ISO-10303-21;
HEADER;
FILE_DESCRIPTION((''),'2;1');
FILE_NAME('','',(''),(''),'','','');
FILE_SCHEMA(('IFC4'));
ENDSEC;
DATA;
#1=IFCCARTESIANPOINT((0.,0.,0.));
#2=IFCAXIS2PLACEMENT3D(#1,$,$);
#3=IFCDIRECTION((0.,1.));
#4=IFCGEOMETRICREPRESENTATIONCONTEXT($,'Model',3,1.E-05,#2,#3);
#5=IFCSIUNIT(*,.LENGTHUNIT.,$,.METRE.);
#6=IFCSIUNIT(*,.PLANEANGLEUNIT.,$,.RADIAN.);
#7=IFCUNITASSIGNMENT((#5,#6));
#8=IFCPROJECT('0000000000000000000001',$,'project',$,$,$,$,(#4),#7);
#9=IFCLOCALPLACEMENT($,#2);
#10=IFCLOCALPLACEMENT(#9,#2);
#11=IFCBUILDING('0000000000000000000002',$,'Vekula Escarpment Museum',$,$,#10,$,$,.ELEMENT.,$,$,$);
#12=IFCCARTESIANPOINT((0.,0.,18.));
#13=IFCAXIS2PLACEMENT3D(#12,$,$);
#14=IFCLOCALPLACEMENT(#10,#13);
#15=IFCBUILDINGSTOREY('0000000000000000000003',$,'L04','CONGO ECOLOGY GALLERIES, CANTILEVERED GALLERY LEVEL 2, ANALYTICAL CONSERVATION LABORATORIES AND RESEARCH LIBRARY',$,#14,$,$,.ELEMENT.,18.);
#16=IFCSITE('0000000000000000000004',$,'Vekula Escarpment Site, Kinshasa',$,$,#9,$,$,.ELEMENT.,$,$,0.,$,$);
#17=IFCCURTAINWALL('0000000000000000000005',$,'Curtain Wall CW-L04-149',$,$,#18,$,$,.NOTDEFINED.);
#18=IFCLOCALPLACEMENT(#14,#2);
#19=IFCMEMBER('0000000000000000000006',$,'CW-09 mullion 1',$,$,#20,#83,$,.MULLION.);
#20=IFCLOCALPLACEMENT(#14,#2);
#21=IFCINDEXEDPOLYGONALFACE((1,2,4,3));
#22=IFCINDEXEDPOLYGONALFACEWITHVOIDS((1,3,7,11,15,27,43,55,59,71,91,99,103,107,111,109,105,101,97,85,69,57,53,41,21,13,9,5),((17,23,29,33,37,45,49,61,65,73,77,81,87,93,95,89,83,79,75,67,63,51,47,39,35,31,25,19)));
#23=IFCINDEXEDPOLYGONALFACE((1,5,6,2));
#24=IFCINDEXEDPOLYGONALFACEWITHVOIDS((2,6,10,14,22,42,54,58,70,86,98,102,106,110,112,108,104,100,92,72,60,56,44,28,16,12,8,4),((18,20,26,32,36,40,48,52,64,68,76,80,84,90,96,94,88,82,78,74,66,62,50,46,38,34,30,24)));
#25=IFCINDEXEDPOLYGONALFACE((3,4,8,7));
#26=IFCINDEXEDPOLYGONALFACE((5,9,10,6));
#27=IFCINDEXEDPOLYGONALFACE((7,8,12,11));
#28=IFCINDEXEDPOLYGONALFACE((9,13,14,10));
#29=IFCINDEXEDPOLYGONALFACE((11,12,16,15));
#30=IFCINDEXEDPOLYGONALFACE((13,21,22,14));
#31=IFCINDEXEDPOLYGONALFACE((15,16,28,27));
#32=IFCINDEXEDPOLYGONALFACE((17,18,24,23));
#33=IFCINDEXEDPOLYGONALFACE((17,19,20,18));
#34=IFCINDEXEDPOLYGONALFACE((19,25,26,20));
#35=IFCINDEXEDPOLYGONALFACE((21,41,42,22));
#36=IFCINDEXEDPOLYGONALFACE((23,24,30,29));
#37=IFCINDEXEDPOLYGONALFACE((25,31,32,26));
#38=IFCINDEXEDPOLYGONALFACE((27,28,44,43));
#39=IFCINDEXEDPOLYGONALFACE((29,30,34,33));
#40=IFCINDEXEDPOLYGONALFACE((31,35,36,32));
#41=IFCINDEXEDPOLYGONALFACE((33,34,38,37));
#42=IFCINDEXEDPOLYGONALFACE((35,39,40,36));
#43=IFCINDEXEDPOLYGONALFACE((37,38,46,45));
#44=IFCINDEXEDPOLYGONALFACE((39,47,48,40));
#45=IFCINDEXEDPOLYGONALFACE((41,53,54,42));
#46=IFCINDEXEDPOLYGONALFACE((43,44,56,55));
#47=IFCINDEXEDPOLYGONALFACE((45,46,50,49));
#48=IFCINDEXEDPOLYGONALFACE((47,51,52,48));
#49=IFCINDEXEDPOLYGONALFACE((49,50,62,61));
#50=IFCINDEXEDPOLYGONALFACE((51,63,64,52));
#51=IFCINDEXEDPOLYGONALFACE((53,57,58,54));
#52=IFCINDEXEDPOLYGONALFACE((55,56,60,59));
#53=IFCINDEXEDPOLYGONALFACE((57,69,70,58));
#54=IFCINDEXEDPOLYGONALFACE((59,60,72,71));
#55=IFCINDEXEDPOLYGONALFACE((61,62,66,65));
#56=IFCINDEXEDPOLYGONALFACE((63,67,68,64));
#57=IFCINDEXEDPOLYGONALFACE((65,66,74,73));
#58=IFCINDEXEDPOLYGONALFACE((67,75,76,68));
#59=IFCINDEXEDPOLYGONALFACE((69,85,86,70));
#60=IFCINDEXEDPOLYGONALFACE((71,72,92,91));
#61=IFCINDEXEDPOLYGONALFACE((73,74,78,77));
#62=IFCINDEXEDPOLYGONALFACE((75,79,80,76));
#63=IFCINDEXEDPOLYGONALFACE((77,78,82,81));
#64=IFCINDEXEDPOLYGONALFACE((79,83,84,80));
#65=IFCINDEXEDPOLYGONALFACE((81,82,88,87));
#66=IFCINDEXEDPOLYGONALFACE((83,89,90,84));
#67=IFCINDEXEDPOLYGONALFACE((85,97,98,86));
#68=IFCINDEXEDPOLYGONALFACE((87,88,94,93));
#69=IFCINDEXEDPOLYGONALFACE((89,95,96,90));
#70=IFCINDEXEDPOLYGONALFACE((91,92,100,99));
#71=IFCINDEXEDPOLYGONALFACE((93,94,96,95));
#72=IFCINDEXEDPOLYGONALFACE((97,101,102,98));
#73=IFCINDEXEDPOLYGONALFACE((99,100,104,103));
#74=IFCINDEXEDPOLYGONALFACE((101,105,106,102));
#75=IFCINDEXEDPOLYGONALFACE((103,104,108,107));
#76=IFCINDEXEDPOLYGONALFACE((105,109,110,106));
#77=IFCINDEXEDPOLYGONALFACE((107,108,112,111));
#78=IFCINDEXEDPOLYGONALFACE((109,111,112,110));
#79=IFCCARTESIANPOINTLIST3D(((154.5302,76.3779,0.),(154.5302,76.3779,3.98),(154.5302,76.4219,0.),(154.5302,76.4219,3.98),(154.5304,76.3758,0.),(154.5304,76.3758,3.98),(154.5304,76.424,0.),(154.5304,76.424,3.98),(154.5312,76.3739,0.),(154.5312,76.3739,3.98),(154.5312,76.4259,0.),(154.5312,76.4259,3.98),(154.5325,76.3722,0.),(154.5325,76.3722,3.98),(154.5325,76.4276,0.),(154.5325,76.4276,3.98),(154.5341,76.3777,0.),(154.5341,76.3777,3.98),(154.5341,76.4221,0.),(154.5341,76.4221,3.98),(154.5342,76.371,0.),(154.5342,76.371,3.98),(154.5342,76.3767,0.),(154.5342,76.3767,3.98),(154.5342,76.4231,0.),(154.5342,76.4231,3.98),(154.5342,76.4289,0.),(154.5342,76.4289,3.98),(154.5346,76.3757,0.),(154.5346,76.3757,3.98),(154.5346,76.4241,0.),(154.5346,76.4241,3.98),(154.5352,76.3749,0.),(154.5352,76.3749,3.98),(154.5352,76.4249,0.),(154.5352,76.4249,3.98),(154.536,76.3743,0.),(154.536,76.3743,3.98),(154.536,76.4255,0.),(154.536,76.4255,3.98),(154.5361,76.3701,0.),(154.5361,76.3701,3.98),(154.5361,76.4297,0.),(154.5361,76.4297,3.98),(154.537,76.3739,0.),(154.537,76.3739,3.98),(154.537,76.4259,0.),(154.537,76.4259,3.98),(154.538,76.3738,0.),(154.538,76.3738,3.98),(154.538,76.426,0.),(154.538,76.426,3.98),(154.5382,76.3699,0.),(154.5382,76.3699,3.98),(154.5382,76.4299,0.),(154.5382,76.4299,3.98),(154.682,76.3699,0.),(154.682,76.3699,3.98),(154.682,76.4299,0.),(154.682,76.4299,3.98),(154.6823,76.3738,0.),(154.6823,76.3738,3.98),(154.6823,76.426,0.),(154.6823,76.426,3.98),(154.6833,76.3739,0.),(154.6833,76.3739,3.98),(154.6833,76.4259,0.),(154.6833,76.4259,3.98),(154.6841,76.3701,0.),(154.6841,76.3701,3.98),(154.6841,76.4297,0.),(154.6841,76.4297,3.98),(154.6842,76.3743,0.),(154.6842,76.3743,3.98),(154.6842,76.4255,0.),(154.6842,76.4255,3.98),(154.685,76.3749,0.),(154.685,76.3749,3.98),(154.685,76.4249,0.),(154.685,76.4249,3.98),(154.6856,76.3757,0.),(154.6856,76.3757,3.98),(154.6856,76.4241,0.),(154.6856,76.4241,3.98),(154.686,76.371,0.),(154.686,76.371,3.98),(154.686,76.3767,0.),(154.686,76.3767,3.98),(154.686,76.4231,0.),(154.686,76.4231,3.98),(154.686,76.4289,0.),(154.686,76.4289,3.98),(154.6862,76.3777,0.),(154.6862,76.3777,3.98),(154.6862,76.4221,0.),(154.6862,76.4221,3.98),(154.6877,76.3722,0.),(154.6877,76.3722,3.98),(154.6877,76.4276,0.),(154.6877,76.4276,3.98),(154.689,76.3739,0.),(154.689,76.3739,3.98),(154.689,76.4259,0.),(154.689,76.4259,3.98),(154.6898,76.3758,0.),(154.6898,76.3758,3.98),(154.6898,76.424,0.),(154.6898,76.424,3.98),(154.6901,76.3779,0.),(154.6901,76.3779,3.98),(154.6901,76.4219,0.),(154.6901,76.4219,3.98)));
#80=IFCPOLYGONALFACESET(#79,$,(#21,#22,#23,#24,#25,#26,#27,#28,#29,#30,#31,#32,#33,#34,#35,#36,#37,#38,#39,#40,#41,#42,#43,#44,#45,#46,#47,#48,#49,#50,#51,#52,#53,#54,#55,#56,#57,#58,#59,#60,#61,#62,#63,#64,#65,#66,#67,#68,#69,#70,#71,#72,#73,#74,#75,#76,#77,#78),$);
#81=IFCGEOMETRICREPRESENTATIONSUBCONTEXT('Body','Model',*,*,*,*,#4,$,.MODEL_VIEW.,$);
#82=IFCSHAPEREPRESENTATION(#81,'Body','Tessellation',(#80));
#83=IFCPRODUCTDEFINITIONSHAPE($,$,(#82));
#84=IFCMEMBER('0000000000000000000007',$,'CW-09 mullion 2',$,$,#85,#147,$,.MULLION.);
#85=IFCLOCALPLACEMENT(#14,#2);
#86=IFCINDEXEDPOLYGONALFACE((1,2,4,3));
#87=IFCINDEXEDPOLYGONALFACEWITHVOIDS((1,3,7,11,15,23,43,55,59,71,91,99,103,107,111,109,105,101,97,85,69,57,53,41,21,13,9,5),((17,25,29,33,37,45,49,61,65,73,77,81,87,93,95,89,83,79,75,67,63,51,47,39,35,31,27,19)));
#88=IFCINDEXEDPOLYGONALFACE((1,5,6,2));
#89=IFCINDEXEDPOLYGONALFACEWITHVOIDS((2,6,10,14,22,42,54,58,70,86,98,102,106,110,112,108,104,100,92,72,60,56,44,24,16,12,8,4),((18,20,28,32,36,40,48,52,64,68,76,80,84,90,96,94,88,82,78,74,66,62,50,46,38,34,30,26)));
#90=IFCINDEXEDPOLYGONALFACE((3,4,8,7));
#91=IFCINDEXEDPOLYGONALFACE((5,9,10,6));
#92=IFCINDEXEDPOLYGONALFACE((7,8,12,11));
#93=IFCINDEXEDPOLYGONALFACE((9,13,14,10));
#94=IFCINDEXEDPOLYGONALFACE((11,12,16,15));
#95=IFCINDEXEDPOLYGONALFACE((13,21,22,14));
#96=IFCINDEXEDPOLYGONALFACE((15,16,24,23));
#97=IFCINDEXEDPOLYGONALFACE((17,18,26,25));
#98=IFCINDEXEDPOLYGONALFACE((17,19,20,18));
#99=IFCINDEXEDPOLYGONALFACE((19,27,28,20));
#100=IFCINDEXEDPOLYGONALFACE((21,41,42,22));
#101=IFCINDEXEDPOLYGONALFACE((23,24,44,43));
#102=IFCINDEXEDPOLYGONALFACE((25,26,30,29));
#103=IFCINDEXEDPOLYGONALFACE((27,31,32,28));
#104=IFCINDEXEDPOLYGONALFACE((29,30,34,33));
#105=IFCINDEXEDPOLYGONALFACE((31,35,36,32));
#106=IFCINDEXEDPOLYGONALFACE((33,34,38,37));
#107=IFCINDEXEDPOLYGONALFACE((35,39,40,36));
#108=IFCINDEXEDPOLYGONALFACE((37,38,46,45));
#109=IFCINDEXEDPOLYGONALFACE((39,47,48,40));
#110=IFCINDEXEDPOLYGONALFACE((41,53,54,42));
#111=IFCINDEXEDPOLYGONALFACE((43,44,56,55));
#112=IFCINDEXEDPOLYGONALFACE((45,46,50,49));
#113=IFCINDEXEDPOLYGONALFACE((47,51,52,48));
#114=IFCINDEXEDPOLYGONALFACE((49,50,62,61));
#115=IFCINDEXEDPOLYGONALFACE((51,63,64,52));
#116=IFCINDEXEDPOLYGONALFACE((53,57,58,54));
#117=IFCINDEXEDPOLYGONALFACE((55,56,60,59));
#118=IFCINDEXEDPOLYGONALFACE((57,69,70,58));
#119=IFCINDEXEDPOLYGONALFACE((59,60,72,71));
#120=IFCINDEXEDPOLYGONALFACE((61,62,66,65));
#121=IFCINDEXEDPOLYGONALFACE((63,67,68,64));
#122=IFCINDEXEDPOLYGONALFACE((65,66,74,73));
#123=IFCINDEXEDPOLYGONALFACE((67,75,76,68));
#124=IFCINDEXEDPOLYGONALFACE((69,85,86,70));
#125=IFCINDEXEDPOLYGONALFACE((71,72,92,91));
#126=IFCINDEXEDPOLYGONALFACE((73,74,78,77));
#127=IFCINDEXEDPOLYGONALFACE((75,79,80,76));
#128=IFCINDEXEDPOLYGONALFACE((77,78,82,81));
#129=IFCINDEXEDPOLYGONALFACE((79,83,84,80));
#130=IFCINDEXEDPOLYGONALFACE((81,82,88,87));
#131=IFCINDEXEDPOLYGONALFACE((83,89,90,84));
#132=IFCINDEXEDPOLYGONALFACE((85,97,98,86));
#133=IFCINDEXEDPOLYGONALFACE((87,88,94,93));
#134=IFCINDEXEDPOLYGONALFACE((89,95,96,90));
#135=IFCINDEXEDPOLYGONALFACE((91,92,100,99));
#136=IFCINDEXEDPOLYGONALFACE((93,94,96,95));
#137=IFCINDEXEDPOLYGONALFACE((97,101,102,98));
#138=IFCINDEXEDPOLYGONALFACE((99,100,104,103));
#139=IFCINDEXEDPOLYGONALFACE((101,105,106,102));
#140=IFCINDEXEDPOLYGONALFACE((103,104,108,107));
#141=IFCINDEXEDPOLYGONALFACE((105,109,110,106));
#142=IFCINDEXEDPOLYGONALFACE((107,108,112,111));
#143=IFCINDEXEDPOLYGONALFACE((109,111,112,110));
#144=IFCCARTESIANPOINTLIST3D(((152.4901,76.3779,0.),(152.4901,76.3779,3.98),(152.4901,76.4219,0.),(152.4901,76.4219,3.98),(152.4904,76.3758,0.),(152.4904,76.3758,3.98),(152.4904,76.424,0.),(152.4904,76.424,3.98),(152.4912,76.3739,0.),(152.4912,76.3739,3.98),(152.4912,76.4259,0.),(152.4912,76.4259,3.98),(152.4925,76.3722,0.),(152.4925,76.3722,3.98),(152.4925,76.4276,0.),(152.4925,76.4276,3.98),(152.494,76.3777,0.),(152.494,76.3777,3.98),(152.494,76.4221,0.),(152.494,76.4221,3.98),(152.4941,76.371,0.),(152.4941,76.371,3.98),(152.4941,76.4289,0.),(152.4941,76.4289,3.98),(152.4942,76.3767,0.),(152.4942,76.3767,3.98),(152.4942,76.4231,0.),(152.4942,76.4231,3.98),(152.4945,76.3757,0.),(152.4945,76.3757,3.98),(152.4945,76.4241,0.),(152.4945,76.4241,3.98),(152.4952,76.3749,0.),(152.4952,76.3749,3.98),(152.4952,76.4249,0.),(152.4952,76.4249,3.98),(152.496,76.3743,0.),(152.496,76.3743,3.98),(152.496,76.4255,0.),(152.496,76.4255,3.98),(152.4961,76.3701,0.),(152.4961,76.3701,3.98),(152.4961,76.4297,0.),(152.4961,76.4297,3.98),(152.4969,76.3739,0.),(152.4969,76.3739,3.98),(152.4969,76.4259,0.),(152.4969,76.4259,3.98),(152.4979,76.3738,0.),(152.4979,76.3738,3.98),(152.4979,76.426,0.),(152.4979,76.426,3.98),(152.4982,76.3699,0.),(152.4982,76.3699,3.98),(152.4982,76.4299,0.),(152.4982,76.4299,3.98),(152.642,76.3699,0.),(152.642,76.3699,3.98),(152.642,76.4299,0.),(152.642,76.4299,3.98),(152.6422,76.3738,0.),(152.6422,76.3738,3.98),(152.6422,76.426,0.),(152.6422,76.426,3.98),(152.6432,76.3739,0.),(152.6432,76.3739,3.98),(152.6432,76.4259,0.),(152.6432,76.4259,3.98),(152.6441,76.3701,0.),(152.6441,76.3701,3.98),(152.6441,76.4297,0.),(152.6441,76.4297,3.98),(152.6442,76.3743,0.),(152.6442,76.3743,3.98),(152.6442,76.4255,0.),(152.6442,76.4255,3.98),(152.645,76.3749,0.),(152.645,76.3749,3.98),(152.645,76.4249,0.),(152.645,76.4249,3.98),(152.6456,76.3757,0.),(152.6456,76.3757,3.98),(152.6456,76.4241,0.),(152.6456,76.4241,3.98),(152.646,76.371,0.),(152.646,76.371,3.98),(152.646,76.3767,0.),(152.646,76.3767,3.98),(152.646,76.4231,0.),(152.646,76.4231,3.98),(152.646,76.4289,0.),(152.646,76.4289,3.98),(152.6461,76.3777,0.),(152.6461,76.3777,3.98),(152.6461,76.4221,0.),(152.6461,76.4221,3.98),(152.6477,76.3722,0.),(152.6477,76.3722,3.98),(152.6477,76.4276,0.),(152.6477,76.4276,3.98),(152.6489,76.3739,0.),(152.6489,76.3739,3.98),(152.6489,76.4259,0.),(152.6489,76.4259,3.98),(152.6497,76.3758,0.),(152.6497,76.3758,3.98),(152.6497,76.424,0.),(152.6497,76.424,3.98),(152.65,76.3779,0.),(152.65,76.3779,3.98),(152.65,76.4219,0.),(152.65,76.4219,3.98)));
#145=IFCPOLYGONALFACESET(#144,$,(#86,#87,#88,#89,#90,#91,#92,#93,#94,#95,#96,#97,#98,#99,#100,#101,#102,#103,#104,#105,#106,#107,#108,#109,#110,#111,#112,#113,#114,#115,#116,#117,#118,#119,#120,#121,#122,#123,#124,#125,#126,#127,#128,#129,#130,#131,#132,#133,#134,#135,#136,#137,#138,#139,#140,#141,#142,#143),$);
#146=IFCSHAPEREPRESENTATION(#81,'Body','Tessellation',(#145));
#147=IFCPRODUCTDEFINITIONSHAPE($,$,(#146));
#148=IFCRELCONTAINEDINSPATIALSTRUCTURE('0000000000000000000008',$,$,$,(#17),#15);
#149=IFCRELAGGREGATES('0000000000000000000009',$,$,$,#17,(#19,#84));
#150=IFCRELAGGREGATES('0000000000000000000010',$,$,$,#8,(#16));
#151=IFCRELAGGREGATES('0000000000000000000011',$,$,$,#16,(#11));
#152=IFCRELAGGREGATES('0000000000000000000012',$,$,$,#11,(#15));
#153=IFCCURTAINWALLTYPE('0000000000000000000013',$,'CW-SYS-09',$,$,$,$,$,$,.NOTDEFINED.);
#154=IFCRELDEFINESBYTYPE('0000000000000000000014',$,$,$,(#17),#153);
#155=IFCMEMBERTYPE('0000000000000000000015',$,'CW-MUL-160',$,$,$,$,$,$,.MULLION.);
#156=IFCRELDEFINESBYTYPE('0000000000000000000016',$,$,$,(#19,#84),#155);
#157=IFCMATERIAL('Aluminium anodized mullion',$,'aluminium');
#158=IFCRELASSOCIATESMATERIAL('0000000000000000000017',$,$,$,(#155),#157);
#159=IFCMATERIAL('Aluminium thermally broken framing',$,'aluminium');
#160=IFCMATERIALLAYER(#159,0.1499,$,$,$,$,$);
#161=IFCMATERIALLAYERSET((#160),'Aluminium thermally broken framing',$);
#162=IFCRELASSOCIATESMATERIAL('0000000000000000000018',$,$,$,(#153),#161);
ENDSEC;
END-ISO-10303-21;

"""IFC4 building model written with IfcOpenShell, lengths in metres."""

from ifc_helpers import new_model, si_unit, direction, frame, origin, origin_2d, place, context, subcontext, project, spatial, hollow_rectangle, extrude, material, layer, layer_set, material_profile, profile_set, type_object, element, aggregate, save


model = new_model("IFC4")

# Units and contexts
model_context = context("Model", 3, precision=1e-05, world=origin(), true_north=direction((0.0, 1.0)))
body_context = subcontext(model_context, "Body", "Model", "MODEL_VIEW")
ifc_project = project(units=[si_unit("LENGTHUNIT", "METRE"), si_unit("PLANEANGLEUNIT", "RADIAN")], contexts=[model_context])

# Site, building, storey
site_placement = place(None, origin())
site = spatial("IfcSite", under=ifc_project, at=site_placement, Name="Vekula Escarpment Site, Kinshasa", CompositionType="ELEMENT", RefElevation=0.0)
building_placement = place(site_placement, origin())
building = spatial("IfcBuilding", under=site, at=building_placement, Name="Vekula Escarpment Museum", CompositionType="ELEMENT")
storey_placement = place(building_placement, frame((0.0, 0.0, 18.0)))
storey = spatial("IfcBuildingStorey", under=building, at=storey_placement, Name="L04", Description="CONGO ECOLOGY GALLERIES, CANTILEVERED GALLERY LEVEL 2, ANALYTICAL CONSERVATION LABORATORIES AND RESEARCH LIBRARY", CompositionType="ELEMENT", Elevation=18.0)

# Shared definitions
ifc_material_1 = material(Name="Aluminium anodized mullion", Category="aluminium")
ifc_material_profile_1 = material_profile(ifc_material_1, hollow_rectangle(XDim=0.0601, YDim=0.1599, WallThickness=0.0039, InnerFilletRadius=0.0039, OuterFilletRadius=0.0081, at=origin_2d()), Name="ALU 160x60x4")
ifc_profile_set_1 = profile_set([ifc_material_profile_1], Name="Aluminium anodized mullion")
member_type_1 = type_object("IfcMemberType", Name="CW-MUL-160", PredefinedType="MULLION", material=ifc_profile_set_1)

# Curtain wall, members
ifc_material_2 = material(Name="Aluminium thermally broken framing", Category="aluminium")
ifc_layer_1 = layer(ifc_material_2, 0.1499)
ifc_layer_set_1 = layer_set([ifc_layer_1], Name="Aluminium thermally broken framing")
curtain_wall_type_1 = type_object("IfcCurtainWallType", Name="CW-SYS-09", PredefinedType="NOTDEFINED", material=ifc_layer_set_1)
curtain_wall_1_placement = place(storey_placement, origin())
curtain_wall_1 = element("IfcCurtainWall", 1, at=curtain_wall_1_placement, inside=storey, type_object=curtain_wall_type_1, Name="Curtain Wall CW-L04-149", PredefinedType="NOTDEFINED")
member_1_placement = place(storey_placement, frame((154.6101, 76.3999, 0.0), z_axis=(0.0, 0.0, 1.0), x_axis=(0.0, -1.0, 0.0)))
member_1 = element("IfcMember", 2, at=member_1_placement, type_object=member_type_1, Name="CW-09 mullion 1", PredefinedType="MULLION", context=body_context, shape_type="SweptSolid", body=[
    extrude(hollow_rectangle(XDim=0.0601, YDim=0.1599, WallThickness=0.0039, InnerFilletRadius=0.0039, OuterFilletRadius=0.0081, at=origin_2d()), origin(), (0.0, 0.0, 1.0), 3.98),
])
member_2_placement = place(storey_placement, frame((152.5701, 76.3999, 0.0), z_axis=(0.0, 0.0, 1.0), x_axis=(0.0, -1.0, 0.0)))
member_2 = element("IfcMember", 3, at=member_2_placement, type_object=member_type_1, Name="CW-09 mullion 2", PredefinedType="MULLION", context=body_context, shape_type="SweptSolid", body=[
    extrude(hollow_rectangle(XDim=0.0601, YDim=0.1599, WallThickness=0.0039, InnerFilletRadius=0.0039, OuterFilletRadius=0.0081, at=origin_2d()), origin(), (0.0, 0.0, 1.0), 3.98),
])

aggregate(curtain_wall_1, [member_1, member_2])

save(model, "model.ifc")
